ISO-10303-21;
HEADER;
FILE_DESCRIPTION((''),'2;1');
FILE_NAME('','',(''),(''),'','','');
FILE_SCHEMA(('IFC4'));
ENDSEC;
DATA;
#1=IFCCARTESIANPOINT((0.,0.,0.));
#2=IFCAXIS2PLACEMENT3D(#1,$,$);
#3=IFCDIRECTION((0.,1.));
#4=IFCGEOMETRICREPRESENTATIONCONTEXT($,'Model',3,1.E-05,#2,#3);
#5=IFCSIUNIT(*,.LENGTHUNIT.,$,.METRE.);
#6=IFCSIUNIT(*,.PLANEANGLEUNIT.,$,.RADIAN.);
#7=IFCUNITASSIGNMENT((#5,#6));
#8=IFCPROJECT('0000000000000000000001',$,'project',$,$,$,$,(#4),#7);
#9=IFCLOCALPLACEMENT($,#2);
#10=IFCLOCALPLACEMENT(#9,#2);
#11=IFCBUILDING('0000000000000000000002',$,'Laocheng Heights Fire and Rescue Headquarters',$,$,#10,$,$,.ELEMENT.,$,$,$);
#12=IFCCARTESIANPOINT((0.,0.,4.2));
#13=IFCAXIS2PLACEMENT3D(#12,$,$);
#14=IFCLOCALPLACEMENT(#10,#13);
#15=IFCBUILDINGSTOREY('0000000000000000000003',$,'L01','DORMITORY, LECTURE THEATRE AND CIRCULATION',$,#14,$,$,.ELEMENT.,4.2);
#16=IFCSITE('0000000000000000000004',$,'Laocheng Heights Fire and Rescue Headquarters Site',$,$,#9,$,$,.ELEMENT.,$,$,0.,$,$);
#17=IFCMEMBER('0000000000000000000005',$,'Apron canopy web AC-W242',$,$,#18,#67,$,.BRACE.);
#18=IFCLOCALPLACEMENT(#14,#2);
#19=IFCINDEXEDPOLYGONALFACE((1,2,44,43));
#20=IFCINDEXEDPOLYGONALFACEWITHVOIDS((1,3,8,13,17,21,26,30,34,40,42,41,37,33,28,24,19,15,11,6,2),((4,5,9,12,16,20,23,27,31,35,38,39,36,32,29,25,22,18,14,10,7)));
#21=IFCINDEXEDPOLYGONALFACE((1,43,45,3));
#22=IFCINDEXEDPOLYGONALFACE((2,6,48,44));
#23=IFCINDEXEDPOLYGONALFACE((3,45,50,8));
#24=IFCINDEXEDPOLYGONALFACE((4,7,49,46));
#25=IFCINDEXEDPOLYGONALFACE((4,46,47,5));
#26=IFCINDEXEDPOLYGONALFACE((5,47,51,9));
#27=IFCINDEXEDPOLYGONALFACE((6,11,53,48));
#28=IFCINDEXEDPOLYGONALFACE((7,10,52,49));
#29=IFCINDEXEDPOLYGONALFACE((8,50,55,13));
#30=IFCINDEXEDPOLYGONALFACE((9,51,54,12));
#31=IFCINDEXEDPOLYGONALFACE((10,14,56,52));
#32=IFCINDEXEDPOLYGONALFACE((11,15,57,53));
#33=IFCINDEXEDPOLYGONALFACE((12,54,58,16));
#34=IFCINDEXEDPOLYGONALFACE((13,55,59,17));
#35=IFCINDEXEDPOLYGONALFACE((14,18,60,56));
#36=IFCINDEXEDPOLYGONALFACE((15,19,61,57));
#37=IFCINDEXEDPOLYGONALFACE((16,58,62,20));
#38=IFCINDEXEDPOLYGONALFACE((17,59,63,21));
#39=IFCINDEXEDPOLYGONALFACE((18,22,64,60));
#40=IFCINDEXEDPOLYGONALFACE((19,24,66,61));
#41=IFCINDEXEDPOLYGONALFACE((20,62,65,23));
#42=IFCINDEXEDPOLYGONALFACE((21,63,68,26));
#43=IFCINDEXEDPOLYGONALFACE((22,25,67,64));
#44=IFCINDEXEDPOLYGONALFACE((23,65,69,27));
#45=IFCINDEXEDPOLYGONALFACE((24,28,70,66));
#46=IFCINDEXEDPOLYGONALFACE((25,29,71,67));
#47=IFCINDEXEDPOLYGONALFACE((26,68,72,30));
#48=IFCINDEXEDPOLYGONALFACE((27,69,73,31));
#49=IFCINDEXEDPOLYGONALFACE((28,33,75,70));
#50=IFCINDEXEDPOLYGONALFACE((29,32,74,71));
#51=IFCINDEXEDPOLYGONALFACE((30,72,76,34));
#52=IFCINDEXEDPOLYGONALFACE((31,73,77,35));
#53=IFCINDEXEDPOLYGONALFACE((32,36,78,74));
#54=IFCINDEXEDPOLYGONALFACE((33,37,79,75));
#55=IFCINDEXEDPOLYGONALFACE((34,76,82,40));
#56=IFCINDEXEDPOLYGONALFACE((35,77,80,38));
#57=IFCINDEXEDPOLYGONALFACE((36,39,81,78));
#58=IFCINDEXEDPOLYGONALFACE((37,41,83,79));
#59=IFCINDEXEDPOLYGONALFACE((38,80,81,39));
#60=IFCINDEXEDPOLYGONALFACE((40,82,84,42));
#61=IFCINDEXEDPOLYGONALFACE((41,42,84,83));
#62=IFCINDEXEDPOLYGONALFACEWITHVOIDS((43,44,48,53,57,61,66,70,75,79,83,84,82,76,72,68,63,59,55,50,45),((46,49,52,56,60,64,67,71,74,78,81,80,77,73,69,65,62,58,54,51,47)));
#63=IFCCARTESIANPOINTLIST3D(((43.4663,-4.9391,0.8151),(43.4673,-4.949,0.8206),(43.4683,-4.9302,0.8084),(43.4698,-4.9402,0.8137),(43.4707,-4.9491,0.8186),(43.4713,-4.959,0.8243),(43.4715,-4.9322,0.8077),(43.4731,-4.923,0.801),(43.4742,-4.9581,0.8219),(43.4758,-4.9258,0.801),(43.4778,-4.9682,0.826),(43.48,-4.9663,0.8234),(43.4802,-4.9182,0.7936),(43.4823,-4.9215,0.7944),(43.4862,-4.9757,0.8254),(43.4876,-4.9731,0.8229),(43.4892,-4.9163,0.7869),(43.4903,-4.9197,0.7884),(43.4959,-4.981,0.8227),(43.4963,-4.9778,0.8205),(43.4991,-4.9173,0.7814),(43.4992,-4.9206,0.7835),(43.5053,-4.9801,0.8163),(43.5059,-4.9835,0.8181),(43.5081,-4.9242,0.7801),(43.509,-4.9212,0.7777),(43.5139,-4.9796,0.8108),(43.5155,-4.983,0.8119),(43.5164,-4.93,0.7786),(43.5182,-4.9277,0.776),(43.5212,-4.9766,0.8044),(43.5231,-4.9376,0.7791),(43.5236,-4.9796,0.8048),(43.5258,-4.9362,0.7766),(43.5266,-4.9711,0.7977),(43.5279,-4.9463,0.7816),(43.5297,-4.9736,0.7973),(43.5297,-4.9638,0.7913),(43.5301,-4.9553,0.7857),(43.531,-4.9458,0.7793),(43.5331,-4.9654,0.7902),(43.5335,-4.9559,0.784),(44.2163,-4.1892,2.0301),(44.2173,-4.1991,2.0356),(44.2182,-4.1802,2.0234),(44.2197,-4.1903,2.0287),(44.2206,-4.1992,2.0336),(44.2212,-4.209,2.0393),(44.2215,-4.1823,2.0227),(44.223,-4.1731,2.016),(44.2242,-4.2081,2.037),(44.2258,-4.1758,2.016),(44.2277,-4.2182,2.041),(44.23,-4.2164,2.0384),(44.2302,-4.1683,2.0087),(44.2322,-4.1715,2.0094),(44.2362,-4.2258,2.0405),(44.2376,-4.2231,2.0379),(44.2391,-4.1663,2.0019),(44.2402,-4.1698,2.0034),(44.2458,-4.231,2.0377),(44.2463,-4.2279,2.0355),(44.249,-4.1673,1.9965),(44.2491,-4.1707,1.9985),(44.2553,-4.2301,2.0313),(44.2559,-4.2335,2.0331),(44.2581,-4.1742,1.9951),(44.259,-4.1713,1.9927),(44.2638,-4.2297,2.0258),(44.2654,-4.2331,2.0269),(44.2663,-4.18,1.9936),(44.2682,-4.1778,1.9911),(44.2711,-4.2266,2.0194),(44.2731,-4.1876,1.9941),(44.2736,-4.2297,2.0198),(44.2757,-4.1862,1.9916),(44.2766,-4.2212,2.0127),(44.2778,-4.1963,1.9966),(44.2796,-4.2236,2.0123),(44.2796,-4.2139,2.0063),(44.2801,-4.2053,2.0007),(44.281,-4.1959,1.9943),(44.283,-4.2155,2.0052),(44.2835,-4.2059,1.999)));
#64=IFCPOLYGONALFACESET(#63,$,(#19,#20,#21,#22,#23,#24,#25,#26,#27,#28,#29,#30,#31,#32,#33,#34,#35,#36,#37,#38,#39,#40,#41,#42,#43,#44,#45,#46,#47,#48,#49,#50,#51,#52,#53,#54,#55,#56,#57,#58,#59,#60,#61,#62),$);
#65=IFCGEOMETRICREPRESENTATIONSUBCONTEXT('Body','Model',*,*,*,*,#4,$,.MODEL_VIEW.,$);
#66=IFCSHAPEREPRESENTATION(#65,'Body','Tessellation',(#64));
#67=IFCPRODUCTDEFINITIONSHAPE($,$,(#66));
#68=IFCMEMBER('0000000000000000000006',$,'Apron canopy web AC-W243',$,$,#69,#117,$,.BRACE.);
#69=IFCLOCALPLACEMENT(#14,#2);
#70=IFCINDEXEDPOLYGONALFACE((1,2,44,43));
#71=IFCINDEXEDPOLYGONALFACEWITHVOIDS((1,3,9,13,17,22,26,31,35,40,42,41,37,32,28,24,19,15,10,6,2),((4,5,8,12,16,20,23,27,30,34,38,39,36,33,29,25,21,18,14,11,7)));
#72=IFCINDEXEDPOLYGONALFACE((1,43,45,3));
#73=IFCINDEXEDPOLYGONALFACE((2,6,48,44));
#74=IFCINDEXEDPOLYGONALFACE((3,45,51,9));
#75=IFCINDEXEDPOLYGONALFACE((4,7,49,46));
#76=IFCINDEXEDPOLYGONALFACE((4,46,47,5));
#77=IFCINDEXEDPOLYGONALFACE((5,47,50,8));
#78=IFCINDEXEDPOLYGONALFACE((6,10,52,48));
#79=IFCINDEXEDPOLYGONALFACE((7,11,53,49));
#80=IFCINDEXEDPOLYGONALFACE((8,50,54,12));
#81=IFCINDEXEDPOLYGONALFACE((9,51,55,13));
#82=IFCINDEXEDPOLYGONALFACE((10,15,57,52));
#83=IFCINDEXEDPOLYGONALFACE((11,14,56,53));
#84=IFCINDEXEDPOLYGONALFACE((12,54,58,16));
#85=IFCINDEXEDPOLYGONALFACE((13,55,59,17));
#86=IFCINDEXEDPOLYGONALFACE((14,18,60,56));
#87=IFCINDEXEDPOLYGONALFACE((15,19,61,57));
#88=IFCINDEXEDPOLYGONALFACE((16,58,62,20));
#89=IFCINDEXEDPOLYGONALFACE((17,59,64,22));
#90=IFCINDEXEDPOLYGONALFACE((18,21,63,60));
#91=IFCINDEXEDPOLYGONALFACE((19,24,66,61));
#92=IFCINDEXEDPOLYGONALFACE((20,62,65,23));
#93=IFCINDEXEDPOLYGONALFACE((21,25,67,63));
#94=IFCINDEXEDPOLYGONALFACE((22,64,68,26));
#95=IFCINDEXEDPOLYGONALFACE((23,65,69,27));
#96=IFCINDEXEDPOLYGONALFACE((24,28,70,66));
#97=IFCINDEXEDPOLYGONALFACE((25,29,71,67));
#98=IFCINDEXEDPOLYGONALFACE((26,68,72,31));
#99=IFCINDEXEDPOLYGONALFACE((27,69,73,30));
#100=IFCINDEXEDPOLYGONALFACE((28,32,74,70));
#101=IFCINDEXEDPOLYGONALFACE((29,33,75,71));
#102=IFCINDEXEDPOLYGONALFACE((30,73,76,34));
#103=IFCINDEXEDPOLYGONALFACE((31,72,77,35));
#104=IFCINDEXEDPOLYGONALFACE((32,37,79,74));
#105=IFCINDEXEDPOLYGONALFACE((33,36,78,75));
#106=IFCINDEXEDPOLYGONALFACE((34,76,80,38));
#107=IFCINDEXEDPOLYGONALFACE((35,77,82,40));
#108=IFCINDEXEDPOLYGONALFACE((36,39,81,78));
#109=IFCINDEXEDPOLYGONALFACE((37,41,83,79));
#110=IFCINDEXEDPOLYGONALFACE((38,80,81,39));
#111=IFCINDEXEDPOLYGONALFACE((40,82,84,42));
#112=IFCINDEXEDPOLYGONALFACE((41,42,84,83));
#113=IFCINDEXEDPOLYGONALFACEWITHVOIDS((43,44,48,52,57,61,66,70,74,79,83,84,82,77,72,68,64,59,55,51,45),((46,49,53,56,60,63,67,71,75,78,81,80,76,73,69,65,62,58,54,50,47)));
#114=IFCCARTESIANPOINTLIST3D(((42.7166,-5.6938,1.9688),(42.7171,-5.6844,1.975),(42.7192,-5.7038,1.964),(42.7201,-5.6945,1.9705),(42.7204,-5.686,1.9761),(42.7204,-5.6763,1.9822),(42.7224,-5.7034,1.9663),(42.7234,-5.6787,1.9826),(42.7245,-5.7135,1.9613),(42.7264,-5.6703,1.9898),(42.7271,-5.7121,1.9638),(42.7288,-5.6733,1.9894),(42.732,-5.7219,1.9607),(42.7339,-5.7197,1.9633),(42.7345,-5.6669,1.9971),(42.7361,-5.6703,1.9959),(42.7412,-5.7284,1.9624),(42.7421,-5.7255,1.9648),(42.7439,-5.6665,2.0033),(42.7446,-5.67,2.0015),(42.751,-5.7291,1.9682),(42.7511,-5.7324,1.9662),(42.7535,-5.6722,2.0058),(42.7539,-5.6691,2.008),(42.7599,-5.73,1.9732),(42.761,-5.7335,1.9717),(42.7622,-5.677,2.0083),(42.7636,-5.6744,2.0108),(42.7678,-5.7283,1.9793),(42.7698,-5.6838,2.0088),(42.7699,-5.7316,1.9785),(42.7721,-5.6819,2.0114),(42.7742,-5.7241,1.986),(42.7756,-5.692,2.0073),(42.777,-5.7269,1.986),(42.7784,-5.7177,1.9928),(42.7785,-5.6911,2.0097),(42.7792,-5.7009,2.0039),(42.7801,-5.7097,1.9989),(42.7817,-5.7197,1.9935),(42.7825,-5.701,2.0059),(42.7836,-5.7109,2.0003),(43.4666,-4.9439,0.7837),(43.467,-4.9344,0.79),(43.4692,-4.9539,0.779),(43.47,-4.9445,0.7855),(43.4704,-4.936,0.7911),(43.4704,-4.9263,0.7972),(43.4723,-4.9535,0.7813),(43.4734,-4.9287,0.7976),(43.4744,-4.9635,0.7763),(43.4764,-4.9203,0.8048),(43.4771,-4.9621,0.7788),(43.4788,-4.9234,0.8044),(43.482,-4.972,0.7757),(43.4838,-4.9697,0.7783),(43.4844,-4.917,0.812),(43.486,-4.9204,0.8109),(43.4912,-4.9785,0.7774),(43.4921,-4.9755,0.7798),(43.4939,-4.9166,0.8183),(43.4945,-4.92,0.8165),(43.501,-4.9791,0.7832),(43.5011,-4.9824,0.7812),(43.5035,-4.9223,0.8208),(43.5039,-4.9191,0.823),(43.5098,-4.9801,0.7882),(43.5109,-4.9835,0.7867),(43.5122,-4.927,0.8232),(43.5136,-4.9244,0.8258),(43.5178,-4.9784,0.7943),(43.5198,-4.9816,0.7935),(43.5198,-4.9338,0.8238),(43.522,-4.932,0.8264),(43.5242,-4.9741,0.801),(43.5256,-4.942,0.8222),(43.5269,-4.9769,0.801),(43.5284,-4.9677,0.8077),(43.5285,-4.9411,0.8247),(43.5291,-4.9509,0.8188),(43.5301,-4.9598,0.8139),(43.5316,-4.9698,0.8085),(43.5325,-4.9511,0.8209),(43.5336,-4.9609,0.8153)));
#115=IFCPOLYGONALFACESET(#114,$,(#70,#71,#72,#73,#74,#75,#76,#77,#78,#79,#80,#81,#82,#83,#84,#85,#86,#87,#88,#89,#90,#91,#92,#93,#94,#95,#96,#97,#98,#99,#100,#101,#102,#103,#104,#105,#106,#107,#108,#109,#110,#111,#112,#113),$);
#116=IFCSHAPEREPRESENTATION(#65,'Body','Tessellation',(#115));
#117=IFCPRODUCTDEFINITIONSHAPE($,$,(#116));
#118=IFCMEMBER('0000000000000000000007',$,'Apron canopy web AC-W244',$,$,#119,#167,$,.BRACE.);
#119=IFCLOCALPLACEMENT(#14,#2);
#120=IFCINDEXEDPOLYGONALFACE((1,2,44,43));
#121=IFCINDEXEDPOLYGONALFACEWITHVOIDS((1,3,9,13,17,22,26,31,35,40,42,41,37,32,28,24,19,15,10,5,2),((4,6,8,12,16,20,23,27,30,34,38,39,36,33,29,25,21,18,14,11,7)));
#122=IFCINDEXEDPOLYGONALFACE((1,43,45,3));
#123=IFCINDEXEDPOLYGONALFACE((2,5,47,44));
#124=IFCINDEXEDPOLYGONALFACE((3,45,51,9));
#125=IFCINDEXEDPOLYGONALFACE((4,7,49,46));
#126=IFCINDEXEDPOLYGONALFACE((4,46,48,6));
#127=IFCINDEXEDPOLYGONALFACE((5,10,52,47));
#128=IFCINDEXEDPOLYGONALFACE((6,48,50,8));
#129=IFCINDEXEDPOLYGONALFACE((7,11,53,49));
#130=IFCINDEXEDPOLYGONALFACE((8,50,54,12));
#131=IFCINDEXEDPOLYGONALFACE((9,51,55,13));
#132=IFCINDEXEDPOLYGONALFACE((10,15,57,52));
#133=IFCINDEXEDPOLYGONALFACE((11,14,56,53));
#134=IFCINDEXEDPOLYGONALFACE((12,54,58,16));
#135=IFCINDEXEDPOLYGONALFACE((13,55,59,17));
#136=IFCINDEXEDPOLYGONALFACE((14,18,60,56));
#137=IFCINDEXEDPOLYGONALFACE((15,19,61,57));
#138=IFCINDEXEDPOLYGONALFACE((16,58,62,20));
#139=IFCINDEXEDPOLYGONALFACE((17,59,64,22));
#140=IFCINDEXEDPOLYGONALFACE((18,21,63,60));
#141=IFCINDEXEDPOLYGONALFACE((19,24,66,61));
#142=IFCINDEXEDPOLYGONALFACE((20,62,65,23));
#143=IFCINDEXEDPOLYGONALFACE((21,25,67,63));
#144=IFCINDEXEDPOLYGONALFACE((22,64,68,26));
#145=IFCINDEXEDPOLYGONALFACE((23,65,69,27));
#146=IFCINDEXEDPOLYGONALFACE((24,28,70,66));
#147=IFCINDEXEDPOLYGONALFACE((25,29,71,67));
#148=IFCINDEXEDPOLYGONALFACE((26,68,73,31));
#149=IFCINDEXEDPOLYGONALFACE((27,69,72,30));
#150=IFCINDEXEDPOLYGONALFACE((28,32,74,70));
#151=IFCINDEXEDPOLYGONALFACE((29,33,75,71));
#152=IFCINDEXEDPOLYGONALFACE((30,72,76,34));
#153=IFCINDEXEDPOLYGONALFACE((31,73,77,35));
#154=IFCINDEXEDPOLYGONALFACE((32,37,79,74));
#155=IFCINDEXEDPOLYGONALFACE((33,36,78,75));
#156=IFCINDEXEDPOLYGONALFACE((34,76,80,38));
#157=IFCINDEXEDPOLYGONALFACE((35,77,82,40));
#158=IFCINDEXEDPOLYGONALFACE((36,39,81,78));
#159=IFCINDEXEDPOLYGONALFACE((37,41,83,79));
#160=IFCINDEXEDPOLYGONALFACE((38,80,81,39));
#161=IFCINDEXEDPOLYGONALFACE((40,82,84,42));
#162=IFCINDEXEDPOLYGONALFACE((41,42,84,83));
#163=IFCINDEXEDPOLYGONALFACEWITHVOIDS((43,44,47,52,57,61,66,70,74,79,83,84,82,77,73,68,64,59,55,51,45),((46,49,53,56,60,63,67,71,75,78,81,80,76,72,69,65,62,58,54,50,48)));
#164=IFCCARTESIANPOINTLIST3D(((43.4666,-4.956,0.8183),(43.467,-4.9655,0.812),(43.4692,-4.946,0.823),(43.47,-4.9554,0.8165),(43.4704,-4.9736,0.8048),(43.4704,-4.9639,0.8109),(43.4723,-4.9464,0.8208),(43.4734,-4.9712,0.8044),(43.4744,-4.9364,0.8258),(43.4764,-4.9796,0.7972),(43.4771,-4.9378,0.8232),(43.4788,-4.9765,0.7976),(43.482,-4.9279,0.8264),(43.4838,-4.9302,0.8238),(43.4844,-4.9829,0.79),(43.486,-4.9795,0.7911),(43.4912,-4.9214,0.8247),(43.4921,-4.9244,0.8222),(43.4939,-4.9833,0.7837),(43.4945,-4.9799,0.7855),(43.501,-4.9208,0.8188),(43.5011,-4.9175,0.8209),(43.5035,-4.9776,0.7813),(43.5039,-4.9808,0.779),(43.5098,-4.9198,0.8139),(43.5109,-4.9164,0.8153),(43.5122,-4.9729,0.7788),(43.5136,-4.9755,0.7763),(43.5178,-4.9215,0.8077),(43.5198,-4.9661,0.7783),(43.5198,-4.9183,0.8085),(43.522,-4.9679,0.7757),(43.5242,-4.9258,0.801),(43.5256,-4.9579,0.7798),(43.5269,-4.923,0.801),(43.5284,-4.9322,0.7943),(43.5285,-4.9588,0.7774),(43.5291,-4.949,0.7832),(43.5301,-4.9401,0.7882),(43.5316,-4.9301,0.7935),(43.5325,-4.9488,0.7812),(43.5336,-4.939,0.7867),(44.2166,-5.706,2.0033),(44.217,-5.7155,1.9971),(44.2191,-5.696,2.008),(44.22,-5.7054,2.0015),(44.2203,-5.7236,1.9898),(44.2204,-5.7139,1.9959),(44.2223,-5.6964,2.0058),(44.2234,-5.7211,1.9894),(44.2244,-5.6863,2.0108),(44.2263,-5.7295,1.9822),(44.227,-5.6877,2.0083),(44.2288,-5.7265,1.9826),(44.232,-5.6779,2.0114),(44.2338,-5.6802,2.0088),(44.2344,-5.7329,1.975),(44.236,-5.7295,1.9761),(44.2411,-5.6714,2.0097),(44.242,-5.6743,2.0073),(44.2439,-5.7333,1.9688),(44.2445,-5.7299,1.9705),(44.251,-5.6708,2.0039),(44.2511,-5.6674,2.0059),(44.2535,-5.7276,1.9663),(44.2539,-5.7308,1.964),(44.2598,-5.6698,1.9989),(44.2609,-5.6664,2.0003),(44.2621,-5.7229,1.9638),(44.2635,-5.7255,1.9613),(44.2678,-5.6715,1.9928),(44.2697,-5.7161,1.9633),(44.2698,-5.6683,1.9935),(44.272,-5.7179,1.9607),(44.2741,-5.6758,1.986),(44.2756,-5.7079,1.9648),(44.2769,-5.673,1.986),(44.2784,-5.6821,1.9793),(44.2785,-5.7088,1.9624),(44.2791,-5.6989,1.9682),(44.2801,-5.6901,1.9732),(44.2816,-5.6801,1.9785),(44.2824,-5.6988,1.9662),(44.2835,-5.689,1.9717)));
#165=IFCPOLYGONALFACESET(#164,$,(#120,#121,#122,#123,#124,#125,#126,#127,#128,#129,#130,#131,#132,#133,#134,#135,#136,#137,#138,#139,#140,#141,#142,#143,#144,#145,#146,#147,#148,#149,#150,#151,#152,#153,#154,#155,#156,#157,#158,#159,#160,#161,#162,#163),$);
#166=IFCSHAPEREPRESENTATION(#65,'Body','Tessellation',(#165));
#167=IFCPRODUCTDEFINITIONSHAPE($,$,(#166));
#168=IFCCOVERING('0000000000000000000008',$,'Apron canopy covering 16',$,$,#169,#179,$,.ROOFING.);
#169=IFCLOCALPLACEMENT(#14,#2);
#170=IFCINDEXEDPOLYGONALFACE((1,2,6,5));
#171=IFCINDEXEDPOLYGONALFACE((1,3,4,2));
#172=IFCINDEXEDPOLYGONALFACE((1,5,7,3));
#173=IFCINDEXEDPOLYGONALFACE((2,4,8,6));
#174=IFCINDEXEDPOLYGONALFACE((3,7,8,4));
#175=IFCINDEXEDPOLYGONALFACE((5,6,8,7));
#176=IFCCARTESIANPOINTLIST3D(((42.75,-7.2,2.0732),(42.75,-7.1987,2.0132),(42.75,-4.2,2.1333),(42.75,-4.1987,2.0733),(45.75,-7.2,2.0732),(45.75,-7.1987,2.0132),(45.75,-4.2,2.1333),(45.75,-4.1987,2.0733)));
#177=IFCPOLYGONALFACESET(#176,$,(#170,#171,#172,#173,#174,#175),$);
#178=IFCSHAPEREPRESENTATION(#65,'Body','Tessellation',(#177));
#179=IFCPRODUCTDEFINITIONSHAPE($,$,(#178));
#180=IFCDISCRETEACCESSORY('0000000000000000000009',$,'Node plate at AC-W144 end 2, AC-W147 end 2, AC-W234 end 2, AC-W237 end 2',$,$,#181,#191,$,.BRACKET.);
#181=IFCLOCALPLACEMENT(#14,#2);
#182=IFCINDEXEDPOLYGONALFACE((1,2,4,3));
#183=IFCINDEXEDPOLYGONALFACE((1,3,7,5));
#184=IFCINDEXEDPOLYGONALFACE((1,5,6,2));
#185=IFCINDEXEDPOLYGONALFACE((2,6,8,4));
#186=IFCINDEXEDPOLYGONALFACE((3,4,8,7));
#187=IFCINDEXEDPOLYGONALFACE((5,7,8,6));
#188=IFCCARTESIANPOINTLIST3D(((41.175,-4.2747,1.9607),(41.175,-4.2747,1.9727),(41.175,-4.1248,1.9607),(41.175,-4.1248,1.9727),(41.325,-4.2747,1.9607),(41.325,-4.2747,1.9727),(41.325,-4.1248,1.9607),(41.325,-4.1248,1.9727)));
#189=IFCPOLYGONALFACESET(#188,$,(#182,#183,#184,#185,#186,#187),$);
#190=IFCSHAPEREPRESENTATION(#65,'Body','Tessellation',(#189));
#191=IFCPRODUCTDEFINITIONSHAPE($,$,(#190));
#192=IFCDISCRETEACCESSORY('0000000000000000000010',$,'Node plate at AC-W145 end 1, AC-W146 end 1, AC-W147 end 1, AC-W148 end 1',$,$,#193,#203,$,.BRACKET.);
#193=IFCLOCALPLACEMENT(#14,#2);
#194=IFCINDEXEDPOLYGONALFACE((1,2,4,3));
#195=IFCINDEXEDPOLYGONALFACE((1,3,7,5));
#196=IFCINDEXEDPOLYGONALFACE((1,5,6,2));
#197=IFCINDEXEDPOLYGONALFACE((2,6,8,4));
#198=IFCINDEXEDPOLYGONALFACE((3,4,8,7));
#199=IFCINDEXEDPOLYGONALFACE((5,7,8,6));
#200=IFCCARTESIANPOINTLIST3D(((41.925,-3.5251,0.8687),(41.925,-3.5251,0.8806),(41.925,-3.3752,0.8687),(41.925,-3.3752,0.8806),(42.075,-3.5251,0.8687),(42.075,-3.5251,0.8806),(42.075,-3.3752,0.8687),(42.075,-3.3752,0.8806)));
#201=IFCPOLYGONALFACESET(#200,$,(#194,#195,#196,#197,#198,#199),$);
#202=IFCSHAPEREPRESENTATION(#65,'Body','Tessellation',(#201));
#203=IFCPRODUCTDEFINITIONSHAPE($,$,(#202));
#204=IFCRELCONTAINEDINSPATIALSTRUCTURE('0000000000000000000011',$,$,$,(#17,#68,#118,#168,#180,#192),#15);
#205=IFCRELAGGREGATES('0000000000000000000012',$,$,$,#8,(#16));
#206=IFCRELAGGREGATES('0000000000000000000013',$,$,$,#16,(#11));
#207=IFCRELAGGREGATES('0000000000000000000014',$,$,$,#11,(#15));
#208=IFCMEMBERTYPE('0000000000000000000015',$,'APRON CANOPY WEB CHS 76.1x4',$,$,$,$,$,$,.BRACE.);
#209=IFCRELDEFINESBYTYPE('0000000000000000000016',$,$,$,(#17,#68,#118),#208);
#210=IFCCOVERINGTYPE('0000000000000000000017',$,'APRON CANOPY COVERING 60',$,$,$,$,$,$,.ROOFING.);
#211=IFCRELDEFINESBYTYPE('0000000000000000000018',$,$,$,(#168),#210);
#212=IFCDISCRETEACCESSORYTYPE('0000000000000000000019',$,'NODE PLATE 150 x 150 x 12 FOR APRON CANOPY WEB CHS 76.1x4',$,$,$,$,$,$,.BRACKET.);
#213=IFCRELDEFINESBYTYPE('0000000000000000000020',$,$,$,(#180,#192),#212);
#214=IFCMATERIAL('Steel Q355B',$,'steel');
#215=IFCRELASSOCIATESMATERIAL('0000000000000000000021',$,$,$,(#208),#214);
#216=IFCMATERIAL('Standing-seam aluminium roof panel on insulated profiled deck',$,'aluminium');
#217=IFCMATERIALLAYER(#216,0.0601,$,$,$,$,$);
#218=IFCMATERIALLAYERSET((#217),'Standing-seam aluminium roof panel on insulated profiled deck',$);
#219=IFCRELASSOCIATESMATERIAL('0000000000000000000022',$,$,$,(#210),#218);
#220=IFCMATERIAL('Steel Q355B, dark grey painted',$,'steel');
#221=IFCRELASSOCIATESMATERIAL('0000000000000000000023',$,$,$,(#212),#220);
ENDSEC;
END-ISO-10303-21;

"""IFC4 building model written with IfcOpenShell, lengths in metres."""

from ifc_helpers import new_model, si_unit, direction, frame, origin, origin_2d, place, context, subcontext, project, spatial, polyline, rectangle, hollow_circle, outline, extrude, material, layer, layer_set, material_profile, profile_set, type_object, element, save


model = new_model("IFC4")

# Units and contexts
model_context = context("Model", 3, precision=1e-05, world=origin(), true_north=direction((0.0, 1.0)))
body_context = subcontext(model_context, "Body", "Model", "MODEL_VIEW")
ifc_project = project(units=[si_unit("LENGTHUNIT", "METRE"), si_unit("PLANEANGLEUNIT", "RADIAN")], contexts=[model_context])

# Site, building, storey
site_placement = place(None, origin())
site = spatial("IfcSite", under=ifc_project, at=site_placement, Name="Laocheng Heights Fire and Rescue Headquarters Site", CompositionType="ELEMENT", RefElevation=0.0)
building_placement = place(site_placement, origin())
building = spatial("IfcBuilding", under=site, at=building_placement, Name="Laocheng Heights Fire and Rescue Headquarters", CompositionType="ELEMENT")
storey_placement = place(building_placement, frame((0.0, 0.0, 4.2)))
storey = spatial("IfcBuildingStorey", under=building, at=storey_placement, Name="L01", Description="DORMITORY, LECTURE THEATRE AND CIRCULATION", CompositionType="ELEMENT", Elevation=4.2)

# Members
ifc_material_1 = material(Name="Steel Q355B", Category="steel")
ifc_material_profile_1 = material_profile(ifc_material_1, hollow_circle(Radius=0.0381, WallThickness=0.0039, at=origin_2d()), Name="CHS 76.1x4")
ifc_profile_set_1 = profile_set([ifc_material_profile_1], Name="Steel Q355B")
member_type_1 = type_object("IfcMemberType", Name="APRON CANOPY WEB CHS 76.1x4", PredefinedType="BRACE", material=ifc_profile_set_1)
for number, where, z_axis, x_axis, name in (
    (1, (43.5, -4.95, 0.801), (0.465002, 0.465002, 0.753357), (-0.707107, 0.707107, 0.0), "Apron canopy web AC-W242"),
):
    element("IfcMember", number, at=place(storey_placement, frame(where, z_axis=z_axis, x_axis=x_axis)), inside=storey, type_object=member_type_1, Name=name, PredefinedType="BRACE", context=body_context, shape_type="SweptSolid", body=[
        extrude(hollow_circle(Radius=0.0381, WallThickness=0.0039, at=origin_2d()), origin(), (0.0, 0.0, 1.0), 1.6128),
    ])
for number, where, z_axis, x_axis, name in (
    (2, (43.5, -4.95, 0.801), (-0.47158, -0.47158, 0.745134), (0.707107, -0.707107, 0.0), "Apron canopy web AC-W243"),
    (3, (43.5, -4.95, 0.801), (0.47158, -0.47158, 0.745134), (0.707107, 0.707107, 0.0), "Apron canopy web AC-W244"),
):
    element("IfcMember", number, at=place(storey_placement, frame(where, z_axis=z_axis, x_axis=x_axis)), inside=storey, type_object=member_type_1, Name=name, PredefinedType="BRACE", context=body_context, shape_type="SweptSolid", body=[
        extrude(hollow_circle(Radius=0.0381, WallThickness=0.0039, at=origin_2d()), origin(), (0.0, 0.0, 1.0), 1.5903),
    ])

# Covering
ifc_material_2 = material(Name="Standing-seam aluminium roof panel on insulated profiled deck", Category="aluminium")
ifc_layer = layer(ifc_material_2, 0.0601)
ifc_layer_set = layer_set([ifc_layer], Name="Standing-seam aluminium roof panel on insulated profiled deck")
covering_type = type_object("IfcCoveringType", Name="APRON CANOPY COVERING 60", PredefinedType="ROOFING", material=ifc_layer_set)
covering_placement = place(storey_placement, frame((42.75, -4.2, 2.1333), z_axis=(0.0, -0.020016, 0.9998), x_axis=(1.0, 0.0, 0.0)))
element("IfcCovering", 4, at=covering_placement, inside=storey, type_object=covering_type, Name="Apron canopy covering 16", PredefinedType="ROOFING", context=body_context, shape_type="SweptSolid", body=[
    extrude(outline(polyline([(0.0, 0.0), (3.0, 0.0), (3.0, -3.0006), (0.0, -3.0006), (0.0, 0.0)])), origin(), (0.0, 0.0, -1.0), 0.0601),
])

# Discrete accessories
ifc_material_3 = material(Name="Steel Q355B, dark grey painted", Category="steel")
ifc_material_profile_2 = material_profile(ifc_material_3, rectangle(XDim=0.1499, YDim=0.1499, at=origin_2d()), Name="NODE PLATE 150 x 150 x 12 FOR APRON CANOPY WEB CHS 76.1x4")
ifc_profile_set_2 = profile_set([ifc_material_profile_2], Name="Steel Q355B, dark grey painted")
discrete_accessory_type = type_object("IfcDiscreteAccessoryType", Name="NODE PLATE 150 x 150 x 12 FOR APRON CANOPY WEB CHS 76.1x4", PredefinedType="BRACKET", material=ifc_profile_set_2)
for number, where, z_axis, x_axis, name in (
    (5, (41.25, -4.1997, 1.9727), (0.0, 0.0, -1.0), (1.0, 0.0, 0.0), "Node plate at AC-W144 end 2, AC-W147 end 2, AC-W234 end 2, AC-W237 end 2"),
    (6, (42.0, -3.4502, 0.8687), (0.0, 0.0, 1.0), (1.0, 0.0, 0.0), "Node plate at AC-W145 end 1, AC-W146 end 1, AC-W147 end 1, AC-W148 end 1"),
):
    element("IfcDiscreteAccessory", number, at=place(storey_placement, frame(where, z_axis=z_axis, x_axis=x_axis)), inside=storey, type_object=discrete_accessory_type, Name=name, PredefinedType="BRACKET", context=body_context, shape_type="SweptSolid", body=[
        extrude(rectangle(XDim=0.1499, YDim=0.1499, at=origin_2d()), origin(), (0.0, 0.0, 1.0), 0.012),
    ])

save(model, "model.ifc")
